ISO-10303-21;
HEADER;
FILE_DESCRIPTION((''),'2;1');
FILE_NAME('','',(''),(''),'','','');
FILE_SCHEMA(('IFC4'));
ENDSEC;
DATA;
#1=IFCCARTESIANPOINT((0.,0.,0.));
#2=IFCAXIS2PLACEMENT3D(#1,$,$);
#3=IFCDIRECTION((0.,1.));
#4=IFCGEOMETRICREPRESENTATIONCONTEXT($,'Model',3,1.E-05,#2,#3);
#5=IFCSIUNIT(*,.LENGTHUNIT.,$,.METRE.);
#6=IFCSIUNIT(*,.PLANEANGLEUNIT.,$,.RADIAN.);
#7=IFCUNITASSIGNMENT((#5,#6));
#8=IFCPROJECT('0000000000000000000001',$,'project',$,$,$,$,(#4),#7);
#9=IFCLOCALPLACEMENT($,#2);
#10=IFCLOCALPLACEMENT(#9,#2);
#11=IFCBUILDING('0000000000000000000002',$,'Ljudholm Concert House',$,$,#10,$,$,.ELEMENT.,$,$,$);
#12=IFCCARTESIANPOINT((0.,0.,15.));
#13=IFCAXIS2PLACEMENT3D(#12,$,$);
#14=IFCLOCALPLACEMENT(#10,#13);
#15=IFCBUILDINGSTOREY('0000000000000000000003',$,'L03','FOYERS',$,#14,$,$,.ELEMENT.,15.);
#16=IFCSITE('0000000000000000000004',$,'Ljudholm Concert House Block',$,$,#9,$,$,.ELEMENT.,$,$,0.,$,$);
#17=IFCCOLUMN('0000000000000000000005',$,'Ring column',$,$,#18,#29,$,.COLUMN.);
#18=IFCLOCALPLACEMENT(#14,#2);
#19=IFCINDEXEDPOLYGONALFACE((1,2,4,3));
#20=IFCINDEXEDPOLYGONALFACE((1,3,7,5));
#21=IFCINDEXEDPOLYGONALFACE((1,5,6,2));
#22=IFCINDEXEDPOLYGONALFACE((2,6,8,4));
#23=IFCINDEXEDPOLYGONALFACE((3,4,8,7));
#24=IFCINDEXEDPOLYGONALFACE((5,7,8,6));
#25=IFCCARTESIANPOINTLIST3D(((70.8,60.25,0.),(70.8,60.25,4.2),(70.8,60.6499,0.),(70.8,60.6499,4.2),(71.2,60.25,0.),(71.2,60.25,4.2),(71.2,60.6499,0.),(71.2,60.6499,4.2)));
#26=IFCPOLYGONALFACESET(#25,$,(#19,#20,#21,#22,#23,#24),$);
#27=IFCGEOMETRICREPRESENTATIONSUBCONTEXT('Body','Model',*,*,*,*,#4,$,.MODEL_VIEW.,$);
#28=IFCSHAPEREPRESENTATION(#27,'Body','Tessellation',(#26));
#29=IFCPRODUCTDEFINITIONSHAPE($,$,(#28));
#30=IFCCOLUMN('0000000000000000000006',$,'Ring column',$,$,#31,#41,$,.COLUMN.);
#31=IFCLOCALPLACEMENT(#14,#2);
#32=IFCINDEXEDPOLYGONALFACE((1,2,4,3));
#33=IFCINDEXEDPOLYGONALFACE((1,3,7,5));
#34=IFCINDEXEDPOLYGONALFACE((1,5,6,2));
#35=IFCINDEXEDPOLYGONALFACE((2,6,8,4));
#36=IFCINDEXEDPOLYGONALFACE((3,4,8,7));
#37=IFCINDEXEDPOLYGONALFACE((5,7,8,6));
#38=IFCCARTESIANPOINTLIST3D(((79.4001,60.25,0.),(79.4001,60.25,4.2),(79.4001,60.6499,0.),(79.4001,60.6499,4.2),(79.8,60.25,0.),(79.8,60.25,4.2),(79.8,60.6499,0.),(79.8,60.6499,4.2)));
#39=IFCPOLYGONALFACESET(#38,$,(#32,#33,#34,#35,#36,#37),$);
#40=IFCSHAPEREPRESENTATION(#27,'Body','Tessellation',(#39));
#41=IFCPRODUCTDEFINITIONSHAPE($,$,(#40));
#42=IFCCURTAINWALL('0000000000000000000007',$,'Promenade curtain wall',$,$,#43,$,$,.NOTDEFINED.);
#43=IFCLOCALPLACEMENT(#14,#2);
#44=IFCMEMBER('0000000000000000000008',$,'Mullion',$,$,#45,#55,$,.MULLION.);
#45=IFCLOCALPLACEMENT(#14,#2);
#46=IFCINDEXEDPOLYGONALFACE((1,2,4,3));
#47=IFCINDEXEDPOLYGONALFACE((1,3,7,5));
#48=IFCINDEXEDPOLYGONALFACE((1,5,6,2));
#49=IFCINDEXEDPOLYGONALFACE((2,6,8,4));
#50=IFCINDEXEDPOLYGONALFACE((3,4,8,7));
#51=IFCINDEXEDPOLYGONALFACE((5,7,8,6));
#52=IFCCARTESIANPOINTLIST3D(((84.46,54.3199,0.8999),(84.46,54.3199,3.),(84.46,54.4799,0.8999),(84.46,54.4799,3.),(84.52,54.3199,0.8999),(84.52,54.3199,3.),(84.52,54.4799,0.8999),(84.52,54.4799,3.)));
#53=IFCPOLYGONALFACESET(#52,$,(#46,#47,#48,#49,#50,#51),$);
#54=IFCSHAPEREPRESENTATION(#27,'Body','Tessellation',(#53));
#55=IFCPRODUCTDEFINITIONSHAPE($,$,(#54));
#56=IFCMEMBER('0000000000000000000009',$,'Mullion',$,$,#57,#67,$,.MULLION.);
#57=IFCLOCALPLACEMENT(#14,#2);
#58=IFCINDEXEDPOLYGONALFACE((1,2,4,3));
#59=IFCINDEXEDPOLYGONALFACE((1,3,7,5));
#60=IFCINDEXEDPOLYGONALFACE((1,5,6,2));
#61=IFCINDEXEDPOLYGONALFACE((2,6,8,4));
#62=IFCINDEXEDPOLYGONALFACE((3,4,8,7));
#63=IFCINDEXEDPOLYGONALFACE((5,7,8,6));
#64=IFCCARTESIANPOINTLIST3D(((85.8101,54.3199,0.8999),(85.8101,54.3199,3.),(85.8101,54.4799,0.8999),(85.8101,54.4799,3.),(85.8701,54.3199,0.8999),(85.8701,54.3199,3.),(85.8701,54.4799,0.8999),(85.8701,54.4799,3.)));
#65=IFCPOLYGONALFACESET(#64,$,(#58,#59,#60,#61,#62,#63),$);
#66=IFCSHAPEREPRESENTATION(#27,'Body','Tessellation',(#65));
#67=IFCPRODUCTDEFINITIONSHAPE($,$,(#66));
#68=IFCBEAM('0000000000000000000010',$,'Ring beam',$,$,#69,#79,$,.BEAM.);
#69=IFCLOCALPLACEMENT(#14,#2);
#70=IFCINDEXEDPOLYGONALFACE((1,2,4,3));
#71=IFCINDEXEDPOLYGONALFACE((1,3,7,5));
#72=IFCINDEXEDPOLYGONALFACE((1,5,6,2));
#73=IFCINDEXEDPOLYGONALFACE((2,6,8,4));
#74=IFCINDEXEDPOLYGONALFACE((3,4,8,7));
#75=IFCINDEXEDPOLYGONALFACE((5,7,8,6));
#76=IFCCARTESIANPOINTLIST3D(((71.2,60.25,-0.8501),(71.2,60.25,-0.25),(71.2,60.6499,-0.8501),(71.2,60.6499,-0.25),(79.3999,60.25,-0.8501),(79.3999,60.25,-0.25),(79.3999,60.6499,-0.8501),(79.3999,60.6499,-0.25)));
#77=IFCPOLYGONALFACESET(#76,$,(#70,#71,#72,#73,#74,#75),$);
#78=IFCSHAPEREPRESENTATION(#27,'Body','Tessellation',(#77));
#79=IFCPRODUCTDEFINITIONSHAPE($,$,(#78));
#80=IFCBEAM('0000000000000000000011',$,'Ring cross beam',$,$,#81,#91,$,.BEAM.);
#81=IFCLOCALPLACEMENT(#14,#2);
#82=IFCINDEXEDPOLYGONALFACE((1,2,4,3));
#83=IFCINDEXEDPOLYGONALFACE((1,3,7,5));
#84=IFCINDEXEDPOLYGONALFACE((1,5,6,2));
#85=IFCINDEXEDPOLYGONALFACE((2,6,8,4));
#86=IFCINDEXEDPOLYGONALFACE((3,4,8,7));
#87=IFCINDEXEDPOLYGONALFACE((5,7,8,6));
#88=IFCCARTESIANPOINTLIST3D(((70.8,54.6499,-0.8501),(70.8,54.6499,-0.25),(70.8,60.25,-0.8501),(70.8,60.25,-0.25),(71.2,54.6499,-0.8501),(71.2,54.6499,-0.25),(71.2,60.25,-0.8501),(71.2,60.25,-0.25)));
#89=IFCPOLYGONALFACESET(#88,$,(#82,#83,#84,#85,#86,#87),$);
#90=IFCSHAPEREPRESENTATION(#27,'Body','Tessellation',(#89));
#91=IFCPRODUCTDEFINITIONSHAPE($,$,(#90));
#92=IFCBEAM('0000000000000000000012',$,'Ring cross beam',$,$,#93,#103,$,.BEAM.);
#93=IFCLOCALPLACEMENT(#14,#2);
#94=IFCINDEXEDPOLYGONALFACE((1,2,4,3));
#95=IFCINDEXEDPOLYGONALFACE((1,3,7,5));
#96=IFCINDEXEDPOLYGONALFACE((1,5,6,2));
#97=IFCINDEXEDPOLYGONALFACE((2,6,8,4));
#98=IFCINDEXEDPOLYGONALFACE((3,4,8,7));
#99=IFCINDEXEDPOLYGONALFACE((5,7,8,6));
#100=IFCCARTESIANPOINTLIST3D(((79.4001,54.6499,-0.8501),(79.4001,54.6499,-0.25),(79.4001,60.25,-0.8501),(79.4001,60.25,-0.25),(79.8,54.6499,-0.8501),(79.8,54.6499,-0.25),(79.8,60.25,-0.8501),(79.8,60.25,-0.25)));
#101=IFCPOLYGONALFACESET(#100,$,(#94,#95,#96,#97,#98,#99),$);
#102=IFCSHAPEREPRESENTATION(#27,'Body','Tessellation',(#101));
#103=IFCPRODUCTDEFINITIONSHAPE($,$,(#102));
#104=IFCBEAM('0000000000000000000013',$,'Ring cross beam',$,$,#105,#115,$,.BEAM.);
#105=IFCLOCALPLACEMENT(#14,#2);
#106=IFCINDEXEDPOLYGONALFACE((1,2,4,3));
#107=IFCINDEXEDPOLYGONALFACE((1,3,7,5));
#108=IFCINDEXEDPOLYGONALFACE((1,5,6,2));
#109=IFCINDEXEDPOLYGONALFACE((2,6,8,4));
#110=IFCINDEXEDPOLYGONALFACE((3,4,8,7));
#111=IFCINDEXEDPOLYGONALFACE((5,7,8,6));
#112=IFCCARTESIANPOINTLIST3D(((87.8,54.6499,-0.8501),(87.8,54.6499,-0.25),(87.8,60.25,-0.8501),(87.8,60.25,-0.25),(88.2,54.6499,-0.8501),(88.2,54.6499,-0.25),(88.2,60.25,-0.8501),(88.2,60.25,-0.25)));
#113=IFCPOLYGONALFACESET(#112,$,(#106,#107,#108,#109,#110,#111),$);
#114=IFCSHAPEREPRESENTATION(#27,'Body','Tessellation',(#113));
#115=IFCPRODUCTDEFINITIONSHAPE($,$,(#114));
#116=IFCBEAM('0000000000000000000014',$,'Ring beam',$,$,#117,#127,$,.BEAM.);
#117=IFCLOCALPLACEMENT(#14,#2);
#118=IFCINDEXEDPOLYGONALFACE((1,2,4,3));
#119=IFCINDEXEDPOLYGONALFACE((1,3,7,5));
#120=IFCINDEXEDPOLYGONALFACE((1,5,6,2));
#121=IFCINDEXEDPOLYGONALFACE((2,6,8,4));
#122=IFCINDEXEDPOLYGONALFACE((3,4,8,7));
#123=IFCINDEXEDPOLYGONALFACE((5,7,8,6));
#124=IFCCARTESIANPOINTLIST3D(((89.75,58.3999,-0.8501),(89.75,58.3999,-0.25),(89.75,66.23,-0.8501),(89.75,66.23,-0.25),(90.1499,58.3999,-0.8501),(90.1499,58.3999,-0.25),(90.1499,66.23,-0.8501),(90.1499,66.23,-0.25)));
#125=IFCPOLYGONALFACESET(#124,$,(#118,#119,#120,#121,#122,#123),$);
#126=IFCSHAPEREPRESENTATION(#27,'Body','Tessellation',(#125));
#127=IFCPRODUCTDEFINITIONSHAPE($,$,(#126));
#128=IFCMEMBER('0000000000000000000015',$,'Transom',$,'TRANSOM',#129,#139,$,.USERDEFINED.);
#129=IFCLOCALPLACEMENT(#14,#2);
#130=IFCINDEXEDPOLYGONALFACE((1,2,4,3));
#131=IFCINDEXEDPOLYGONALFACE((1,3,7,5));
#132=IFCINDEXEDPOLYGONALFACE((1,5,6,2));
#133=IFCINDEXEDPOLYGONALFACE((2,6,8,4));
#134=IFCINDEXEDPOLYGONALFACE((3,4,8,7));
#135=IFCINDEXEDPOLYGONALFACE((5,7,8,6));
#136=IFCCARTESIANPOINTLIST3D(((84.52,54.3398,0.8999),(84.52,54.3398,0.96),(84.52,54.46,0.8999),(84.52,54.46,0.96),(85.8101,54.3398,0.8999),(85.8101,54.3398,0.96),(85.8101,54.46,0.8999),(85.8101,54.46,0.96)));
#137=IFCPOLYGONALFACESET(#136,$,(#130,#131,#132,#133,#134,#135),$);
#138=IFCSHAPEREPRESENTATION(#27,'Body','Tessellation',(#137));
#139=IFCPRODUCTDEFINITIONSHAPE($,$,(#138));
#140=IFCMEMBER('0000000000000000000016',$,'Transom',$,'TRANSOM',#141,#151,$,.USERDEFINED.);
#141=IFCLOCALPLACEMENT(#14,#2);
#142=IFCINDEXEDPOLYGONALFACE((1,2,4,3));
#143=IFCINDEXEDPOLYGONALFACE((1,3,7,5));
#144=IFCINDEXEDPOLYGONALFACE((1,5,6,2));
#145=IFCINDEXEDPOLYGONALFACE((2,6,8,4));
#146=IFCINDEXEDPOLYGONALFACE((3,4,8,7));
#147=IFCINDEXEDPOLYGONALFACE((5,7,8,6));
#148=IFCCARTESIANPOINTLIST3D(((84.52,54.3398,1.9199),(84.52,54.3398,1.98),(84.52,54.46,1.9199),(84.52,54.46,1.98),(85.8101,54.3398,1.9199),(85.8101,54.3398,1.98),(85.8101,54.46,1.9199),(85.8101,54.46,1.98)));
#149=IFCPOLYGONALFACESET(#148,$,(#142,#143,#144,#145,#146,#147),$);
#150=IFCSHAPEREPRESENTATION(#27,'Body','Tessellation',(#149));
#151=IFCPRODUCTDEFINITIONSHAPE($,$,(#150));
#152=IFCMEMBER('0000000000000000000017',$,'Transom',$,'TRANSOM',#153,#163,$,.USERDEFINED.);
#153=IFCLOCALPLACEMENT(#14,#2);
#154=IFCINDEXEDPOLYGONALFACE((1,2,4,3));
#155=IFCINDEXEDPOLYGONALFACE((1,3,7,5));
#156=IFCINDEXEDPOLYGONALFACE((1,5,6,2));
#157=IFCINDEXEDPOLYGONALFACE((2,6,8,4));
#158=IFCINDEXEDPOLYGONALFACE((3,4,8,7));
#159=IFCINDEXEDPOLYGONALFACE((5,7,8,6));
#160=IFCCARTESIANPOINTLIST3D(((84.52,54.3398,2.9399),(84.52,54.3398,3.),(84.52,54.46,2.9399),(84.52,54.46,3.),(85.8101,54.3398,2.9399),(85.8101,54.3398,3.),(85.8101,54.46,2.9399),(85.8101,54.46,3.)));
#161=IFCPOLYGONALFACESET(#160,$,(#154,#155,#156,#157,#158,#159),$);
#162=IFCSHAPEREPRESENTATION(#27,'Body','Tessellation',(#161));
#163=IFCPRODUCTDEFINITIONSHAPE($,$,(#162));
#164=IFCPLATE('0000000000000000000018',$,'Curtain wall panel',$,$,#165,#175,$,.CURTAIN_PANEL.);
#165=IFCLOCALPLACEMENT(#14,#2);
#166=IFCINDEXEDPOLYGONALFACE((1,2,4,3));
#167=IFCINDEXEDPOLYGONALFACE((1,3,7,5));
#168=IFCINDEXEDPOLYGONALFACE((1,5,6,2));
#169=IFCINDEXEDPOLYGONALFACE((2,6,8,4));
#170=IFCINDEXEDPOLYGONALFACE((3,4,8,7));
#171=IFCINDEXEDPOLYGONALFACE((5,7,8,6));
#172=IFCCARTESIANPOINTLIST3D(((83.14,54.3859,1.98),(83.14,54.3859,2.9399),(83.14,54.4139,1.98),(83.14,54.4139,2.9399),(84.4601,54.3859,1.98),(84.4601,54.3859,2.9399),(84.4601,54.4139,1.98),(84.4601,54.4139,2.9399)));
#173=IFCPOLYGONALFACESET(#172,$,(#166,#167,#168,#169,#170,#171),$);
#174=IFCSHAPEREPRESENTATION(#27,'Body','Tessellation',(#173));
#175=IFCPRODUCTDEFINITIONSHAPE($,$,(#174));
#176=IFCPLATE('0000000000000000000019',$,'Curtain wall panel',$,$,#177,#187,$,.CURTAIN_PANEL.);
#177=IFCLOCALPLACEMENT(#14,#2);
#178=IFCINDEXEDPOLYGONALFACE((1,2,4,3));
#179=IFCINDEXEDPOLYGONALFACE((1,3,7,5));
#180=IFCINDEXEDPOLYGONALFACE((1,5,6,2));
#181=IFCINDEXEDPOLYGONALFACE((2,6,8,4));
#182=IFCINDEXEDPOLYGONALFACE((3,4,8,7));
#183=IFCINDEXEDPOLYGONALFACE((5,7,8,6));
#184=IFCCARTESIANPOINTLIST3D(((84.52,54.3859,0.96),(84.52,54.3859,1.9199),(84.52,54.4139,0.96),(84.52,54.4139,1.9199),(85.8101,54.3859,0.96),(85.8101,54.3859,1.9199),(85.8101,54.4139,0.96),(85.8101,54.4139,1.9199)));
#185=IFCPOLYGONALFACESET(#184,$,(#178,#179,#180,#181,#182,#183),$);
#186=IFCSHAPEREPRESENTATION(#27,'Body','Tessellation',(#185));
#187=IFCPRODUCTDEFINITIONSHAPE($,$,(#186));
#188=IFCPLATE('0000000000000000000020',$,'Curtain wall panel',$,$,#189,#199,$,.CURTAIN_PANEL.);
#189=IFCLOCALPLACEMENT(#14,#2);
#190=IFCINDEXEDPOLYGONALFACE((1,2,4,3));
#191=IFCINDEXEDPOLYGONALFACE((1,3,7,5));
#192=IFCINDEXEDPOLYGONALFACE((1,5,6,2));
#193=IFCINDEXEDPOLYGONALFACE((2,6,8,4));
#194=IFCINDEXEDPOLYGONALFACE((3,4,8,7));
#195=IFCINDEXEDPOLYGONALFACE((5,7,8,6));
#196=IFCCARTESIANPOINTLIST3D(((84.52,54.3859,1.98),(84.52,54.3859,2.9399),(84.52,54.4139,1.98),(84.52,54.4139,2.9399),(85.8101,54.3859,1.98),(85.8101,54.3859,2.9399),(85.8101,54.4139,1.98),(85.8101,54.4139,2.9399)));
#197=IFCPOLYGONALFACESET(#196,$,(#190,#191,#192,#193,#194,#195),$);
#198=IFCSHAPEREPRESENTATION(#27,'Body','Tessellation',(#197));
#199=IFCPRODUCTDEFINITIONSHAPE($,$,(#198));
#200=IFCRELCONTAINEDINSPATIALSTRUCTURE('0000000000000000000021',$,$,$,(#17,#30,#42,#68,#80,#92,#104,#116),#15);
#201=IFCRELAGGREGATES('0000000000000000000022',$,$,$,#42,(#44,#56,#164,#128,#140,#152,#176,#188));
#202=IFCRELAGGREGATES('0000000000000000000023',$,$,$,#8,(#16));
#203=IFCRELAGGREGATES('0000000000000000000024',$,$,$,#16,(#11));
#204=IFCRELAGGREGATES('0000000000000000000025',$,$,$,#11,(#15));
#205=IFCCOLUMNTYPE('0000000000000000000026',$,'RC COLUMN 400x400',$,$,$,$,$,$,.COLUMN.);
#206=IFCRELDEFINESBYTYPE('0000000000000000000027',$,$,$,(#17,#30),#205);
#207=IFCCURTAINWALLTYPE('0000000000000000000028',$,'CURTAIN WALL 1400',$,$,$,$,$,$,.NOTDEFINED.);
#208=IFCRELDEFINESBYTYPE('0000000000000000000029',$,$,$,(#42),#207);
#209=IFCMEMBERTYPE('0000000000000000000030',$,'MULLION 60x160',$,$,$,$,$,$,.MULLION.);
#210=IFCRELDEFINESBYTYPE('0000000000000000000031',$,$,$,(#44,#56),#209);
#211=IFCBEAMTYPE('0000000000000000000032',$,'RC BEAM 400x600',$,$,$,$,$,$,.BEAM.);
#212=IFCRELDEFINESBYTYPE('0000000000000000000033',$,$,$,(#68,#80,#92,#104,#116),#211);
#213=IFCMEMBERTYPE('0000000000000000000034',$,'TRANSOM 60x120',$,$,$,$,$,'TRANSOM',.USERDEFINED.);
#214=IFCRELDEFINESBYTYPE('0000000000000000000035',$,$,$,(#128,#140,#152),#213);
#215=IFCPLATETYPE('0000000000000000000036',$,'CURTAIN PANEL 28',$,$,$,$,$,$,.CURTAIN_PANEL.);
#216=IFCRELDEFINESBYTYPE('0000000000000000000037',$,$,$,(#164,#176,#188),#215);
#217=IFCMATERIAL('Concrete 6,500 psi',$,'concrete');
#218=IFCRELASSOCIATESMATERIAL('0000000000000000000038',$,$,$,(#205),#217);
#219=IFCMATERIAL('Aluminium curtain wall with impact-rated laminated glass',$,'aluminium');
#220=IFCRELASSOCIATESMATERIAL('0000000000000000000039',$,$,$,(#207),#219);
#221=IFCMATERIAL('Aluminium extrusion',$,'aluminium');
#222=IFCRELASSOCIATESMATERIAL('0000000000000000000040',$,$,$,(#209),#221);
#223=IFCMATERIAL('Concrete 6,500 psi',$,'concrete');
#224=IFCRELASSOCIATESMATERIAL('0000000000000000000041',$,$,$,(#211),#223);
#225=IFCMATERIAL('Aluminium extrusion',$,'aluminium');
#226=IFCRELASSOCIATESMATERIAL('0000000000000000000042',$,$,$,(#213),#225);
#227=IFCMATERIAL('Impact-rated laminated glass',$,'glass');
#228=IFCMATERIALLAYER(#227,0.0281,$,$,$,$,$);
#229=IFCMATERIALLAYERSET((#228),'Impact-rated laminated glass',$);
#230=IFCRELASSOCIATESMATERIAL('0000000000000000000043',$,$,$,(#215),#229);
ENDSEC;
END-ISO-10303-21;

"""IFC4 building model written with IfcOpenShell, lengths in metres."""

from ifc_helpers import new_model, si_unit, direction, frame, origin, origin_2d, place, context, subcontext, project, spatial, rectangle, extrude, material, layer, layer_set, material_profile, profile_set, type_object, element, aggregate, save


model = new_model("IFC4")

# Units and contexts
model_context = context("Model", 3, precision=1e-05, world=origin(), true_north=direction((0.0, 1.0)))
body_context = subcontext(model_context, "Body", "Model", "MODEL_VIEW")
ifc_project = project(units=[si_unit("LENGTHUNIT", "METRE"), si_unit("PLANEANGLEUNIT", "RADIAN")], contexts=[model_context])

# Site, building, storey
site_placement = place(None, origin())
site = spatial("IfcSite", under=ifc_project, at=site_placement, Name="Ljudholm Concert House Block", CompositionType="ELEMENT", RefElevation=0.0)
building_placement = place(site_placement, origin())
building = spatial("IfcBuilding", under=site, at=building_placement, Name="Ljudholm Concert House", CompositionType="ELEMENT")
storey_placement = place(building_placement, frame((0.0, 0.0, 15.0)))
storey = spatial("IfcBuildingStorey", under=building, at=storey_placement, Name="L03", Description="FOYERS", CompositionType="ELEMENT", Elevation=15.0)

# Columns
ifc_material_1 = material(Name="Concrete 6,500 psi", Category="concrete")
ifc_material_profile_1 = material_profile(ifc_material_1, rectangle(XDim=0.3999, YDim=0.3999, at=origin_2d()), Name="RC COLUMN 400x400")
ifc_profile_set_1 = profile_set([ifc_material_profile_1], Name="Concrete 6,500 psi")
column_type = type_object("IfcColumnType", Name="RC COLUMN 400x400", PredefinedType="COLUMN", material=ifc_profile_set_1)
for number, where, z_axis, x_axis, name in (
    (1, (71.0, 60.45, 0.0), (0.0, 0.0, 1.0), (1.0, 0.0, 0.0), "Ring column"),
    (2, (79.6001, 60.45, 0.0), (0.0, 0.0, 1.0), (1.0, 0.0, 0.0), "Ring column"),
):
    element("IfcColumn", number, at=place(storey_placement, frame(where, z_axis=z_axis, x_axis=x_axis)), inside=storey, type_object=column_type, Name=name, PredefinedType="COLUMN", context=body_context, shape_type="SweptSolid", body=[
        extrude(rectangle(XDim=0.3999, YDim=0.3999, at=origin_2d()), origin(), (0.0, 0.0, 1.0), 4.2),
    ])

# Curtain wall, members
ifc_material_2 = material(Name="Aluminium curtain wall with impact-rated laminated glass", Category="aluminium")
curtain_wall_type = type_object("IfcCurtainWallType", Name="CURTAIN WALL 1400", PredefinedType="NOTDEFINED", material=ifc_material_2)
curtain_wall_placement = place(storey_placement, origin())
curtain_wall = element("IfcCurtainWall", 3, at=curtain_wall_placement, inside=storey, type_object=curtain_wall_type, Name="Promenade curtain wall", PredefinedType="NOTDEFINED")
ifc_material_3 = material(Name="Aluminium extrusion", Category="aluminium")
ifc_material_profile_2 = material_profile(ifc_material_3, rectangle(XDim=0.1599, YDim=0.0601, at=origin_2d()), Name="MULLION 60x160")
ifc_profile_set_2 = profile_set([ifc_material_profile_2], Name="Aluminium extrusion")
member_type_1 = type_object("IfcMemberType", Name="MULLION 60x160", PredefinedType="MULLION", material=ifc_profile_set_2)
member_1_placement = place(storey_placement, frame((84.49, 54.3999, 0.8999), z_axis=(0.0, 0.0, 1.0), x_axis=(0.0, 1.0, 0.0)))
member_1 = element("IfcMember", 4, at=member_1_placement, type_object=member_type_1, Name="Mullion", PredefinedType="MULLION", context=body_context, shape_type="SweptSolid", body=[
    extrude(rectangle(XDim=0.1599, YDim=0.0601, at=origin_2d()), origin(), (0.0, 0.0, 1.0), 2.1001),
])
member_2_placement = place(storey_placement, frame((85.8401, 54.3999, 0.8999), z_axis=(0.0, 0.0, 1.0), x_axis=(0.0, 1.0, 0.0)))
member_2 = element("IfcMember", 5, at=member_2_placement, type_object=member_type_1, Name="Mullion", PredefinedType="MULLION", context=body_context, shape_type="SweptSolid", body=[
    extrude(rectangle(XDim=0.1599, YDim=0.0601, at=origin_2d()), origin(), (0.0, 0.0, 1.0), 2.1001),
])

# Beams
ifc_material_4 = material(Name="Concrete 6,500 psi", Category="concrete")
ifc_material_profile_3 = material_profile(ifc_material_4, rectangle(XDim=0.3999, YDim=0.6001, at=origin_2d()), Name="RC BEAM 400x600")
ifc_profile_set_3 = profile_set([ifc_material_profile_3], Name="Concrete 6,500 psi")
beam_type = type_object("IfcBeamType", Name="RC BEAM 400x600", PredefinedType="BEAM", material=ifc_profile_set_3)
beam_1_placement = place(storey_placement, frame((71.2, 60.45, -0.55), z_axis=(1.0, 0.0, 0.0), x_axis=(0.0, 1.0, 0.0)))
element("IfcBeam", 6, at=beam_1_placement, inside=storey, type_object=beam_type, Name="Ring beam", PredefinedType="BEAM", context=body_context, shape_type="SweptSolid", body=[
    extrude(rectangle(XDim=0.3999, YDim=0.6001, at=origin_2d()), origin(), (0.0, 0.0, 1.0), 8.2),
])
for number, where, z_axis, x_axis, name in (
    (7, (71.0, 60.25, -0.55), (0.0, -1.0, 0.0), (1.0, 0.0, 0.0), "Ring cross beam"),
    (8, (79.6001, 60.25, -0.55), (0.0, -1.0, 0.0), (1.0, 0.0, 0.0), "Ring cross beam"),
    (9, (88.0, 60.25, -0.55), (0.0, -1.0, 0.0), (1.0, 0.0, 0.0), "Ring cross beam"),
):
    element("IfcBeam", number, at=place(storey_placement, frame(where, z_axis=z_axis, x_axis=x_axis)), inside=storey, type_object=beam_type, Name=name, PredefinedType="BEAM", context=body_context, shape_type="SweptSolid", body=[
        extrude(rectangle(XDim=0.3999, YDim=0.6001, at=origin_2d()), origin(), (0.0, 0.0, 1.0), 5.6001),
    ])
beam_2_placement = place(storey_placement, frame((89.95, 58.3999, -0.55), z_axis=(0.0, 1.0, 0.0), x_axis=(-1.0, 0.0, 0.0)))
element("IfcBeam", 10, at=beam_2_placement, inside=storey, type_object=beam_type, Name="Ring beam", PredefinedType="BEAM", context=body_context, shape_type="SweptSolid", body=[
    extrude(rectangle(XDim=0.3999, YDim=0.6001, at=origin_2d()), origin(), (0.0, 0.0, 1.0), 7.8301),
])

# Members
ifc_material_5 = material(Name="Aluminium extrusion", Category="aluminium")
ifc_material_profile_4 = material_profile(ifc_material_5, rectangle(XDim=0.1201, YDim=0.0601, at=origin_2d()), Name="TRANSOM 60x120")
ifc_profile_set_4 = profile_set([ifc_material_profile_4], Name="Aluminium extrusion")
member_type_2 = type_object("IfcMemberType", Name="TRANSOM 60x120", ElementType="TRANSOM", PredefinedType="USERDEFINED", material=ifc_profile_set_4)
member_3_placement = place(storey_placement, frame((84.52, 54.3999, 0.9299), z_axis=(1.0, 0.0, 0.0), x_axis=(0.0, 1.0, 0.0)))
member_3 = element("IfcMember", 11, at=member_3_placement, type_object=member_type_2, Name="Transom", ObjectType="TRANSOM", PredefinedType="USERDEFINED", context=body_context, shape_type="SweptSolid", body=[
    extrude(rectangle(XDim=0.1201, YDim=0.0601, at=origin_2d()), origin(), (0.0, 0.0, 1.0), 1.29),
])
member_4_placement = place(storey_placement, frame((84.52, 54.3999, 1.95), z_axis=(1.0, 0.0, 0.0), x_axis=(0.0, 1.0, 0.0)))
member_4 = element("IfcMember", 12, at=member_4_placement, type_object=member_type_2, Name="Transom", ObjectType="TRANSOM", PredefinedType="USERDEFINED", context=body_context, shape_type="SweptSolid", body=[
    extrude(rectangle(XDim=0.1201, YDim=0.0601, at=origin_2d()), origin(), (0.0, 0.0, 1.0), 1.29),
])
member_5_placement = place(storey_placement, frame((84.52, 54.3999, 2.97), z_axis=(1.0, 0.0, 0.0), x_axis=(0.0, 1.0, 0.0)))
member_5 = element("IfcMember", 13, at=member_5_placement, type_object=member_type_2, Name="Transom", ObjectType="TRANSOM", PredefinedType="USERDEFINED", context=body_context, shape_type="SweptSolid", body=[
    extrude(rectangle(XDim=0.1201, YDim=0.0601, at=origin_2d()), origin(), (0.0, 0.0, 1.0), 1.29),
])

# Plates
ifc_material_6 = material(Name="Impact-rated laminated glass", Category="glass")
ifc_layer_1 = layer(ifc_material_6, 0.0281)
ifc_layer_set_1 = layer_set([ifc_layer_1], Name="Impact-rated laminated glass")
plate_type = type_object("IfcPlateType", Name="CURTAIN PANEL 28", PredefinedType="CURTAIN_PANEL", material=ifc_layer_set_1)
plate_1_placement = place(storey_placement, frame((83.8, 54.3999, 1.98), z_axis=(0.0, 0.0, 1.0), x_axis=(1.0, 0.0, 0.0)))
plate_1 = element("IfcPlate", 14, at=plate_1_placement, type_object=plate_type, Name="Curtain wall panel", PredefinedType="CURTAIN_PANEL", context=body_context, shape_type="SweptSolid", body=[
    extrude(rectangle(XDim=1.3201, YDim=0.0281, at=origin_2d()), origin(), (0.0, 0.0, 1.0), 0.96),
])
plate_2_placement = place(storey_placement, frame((85.165, 54.3999, 0.96), z_axis=(0.0, 0.0, 1.0), x_axis=(1.0, 0.0, 0.0)))
plate_2 = element("IfcPlate", 15, at=plate_2_placement, type_object=plate_type, Name="Curtain wall panel", PredefinedType="CURTAIN_PANEL", context=body_context, shape_type="SweptSolid", body=[
    extrude(rectangle(XDim=1.29, YDim=0.0281, at=origin_2d()), origin(), (0.0, 0.0, 1.0), 0.96),
])
plate_3_placement = place(storey_placement, frame((85.165, 54.3999, 1.98), z_axis=(0.0, 0.0, 1.0), x_axis=(1.0, 0.0, 0.0)))
plate_3 = element("IfcPlate", 16, at=plate_3_placement, type_object=plate_type, Name="Curtain wall panel", PredefinedType="CURTAIN_PANEL", context=body_context, shape_type="SweptSolid", body=[
    extrude(rectangle(XDim=1.29, YDim=0.0281, at=origin_2d()), origin(), (0.0, 0.0, 1.0), 0.96),
])
aggregate(curtain_wall, [member_1, member_2, plate_1, member_3, member_4, member_5, plate_2, plate_3])

save(model, "model.ifc")
